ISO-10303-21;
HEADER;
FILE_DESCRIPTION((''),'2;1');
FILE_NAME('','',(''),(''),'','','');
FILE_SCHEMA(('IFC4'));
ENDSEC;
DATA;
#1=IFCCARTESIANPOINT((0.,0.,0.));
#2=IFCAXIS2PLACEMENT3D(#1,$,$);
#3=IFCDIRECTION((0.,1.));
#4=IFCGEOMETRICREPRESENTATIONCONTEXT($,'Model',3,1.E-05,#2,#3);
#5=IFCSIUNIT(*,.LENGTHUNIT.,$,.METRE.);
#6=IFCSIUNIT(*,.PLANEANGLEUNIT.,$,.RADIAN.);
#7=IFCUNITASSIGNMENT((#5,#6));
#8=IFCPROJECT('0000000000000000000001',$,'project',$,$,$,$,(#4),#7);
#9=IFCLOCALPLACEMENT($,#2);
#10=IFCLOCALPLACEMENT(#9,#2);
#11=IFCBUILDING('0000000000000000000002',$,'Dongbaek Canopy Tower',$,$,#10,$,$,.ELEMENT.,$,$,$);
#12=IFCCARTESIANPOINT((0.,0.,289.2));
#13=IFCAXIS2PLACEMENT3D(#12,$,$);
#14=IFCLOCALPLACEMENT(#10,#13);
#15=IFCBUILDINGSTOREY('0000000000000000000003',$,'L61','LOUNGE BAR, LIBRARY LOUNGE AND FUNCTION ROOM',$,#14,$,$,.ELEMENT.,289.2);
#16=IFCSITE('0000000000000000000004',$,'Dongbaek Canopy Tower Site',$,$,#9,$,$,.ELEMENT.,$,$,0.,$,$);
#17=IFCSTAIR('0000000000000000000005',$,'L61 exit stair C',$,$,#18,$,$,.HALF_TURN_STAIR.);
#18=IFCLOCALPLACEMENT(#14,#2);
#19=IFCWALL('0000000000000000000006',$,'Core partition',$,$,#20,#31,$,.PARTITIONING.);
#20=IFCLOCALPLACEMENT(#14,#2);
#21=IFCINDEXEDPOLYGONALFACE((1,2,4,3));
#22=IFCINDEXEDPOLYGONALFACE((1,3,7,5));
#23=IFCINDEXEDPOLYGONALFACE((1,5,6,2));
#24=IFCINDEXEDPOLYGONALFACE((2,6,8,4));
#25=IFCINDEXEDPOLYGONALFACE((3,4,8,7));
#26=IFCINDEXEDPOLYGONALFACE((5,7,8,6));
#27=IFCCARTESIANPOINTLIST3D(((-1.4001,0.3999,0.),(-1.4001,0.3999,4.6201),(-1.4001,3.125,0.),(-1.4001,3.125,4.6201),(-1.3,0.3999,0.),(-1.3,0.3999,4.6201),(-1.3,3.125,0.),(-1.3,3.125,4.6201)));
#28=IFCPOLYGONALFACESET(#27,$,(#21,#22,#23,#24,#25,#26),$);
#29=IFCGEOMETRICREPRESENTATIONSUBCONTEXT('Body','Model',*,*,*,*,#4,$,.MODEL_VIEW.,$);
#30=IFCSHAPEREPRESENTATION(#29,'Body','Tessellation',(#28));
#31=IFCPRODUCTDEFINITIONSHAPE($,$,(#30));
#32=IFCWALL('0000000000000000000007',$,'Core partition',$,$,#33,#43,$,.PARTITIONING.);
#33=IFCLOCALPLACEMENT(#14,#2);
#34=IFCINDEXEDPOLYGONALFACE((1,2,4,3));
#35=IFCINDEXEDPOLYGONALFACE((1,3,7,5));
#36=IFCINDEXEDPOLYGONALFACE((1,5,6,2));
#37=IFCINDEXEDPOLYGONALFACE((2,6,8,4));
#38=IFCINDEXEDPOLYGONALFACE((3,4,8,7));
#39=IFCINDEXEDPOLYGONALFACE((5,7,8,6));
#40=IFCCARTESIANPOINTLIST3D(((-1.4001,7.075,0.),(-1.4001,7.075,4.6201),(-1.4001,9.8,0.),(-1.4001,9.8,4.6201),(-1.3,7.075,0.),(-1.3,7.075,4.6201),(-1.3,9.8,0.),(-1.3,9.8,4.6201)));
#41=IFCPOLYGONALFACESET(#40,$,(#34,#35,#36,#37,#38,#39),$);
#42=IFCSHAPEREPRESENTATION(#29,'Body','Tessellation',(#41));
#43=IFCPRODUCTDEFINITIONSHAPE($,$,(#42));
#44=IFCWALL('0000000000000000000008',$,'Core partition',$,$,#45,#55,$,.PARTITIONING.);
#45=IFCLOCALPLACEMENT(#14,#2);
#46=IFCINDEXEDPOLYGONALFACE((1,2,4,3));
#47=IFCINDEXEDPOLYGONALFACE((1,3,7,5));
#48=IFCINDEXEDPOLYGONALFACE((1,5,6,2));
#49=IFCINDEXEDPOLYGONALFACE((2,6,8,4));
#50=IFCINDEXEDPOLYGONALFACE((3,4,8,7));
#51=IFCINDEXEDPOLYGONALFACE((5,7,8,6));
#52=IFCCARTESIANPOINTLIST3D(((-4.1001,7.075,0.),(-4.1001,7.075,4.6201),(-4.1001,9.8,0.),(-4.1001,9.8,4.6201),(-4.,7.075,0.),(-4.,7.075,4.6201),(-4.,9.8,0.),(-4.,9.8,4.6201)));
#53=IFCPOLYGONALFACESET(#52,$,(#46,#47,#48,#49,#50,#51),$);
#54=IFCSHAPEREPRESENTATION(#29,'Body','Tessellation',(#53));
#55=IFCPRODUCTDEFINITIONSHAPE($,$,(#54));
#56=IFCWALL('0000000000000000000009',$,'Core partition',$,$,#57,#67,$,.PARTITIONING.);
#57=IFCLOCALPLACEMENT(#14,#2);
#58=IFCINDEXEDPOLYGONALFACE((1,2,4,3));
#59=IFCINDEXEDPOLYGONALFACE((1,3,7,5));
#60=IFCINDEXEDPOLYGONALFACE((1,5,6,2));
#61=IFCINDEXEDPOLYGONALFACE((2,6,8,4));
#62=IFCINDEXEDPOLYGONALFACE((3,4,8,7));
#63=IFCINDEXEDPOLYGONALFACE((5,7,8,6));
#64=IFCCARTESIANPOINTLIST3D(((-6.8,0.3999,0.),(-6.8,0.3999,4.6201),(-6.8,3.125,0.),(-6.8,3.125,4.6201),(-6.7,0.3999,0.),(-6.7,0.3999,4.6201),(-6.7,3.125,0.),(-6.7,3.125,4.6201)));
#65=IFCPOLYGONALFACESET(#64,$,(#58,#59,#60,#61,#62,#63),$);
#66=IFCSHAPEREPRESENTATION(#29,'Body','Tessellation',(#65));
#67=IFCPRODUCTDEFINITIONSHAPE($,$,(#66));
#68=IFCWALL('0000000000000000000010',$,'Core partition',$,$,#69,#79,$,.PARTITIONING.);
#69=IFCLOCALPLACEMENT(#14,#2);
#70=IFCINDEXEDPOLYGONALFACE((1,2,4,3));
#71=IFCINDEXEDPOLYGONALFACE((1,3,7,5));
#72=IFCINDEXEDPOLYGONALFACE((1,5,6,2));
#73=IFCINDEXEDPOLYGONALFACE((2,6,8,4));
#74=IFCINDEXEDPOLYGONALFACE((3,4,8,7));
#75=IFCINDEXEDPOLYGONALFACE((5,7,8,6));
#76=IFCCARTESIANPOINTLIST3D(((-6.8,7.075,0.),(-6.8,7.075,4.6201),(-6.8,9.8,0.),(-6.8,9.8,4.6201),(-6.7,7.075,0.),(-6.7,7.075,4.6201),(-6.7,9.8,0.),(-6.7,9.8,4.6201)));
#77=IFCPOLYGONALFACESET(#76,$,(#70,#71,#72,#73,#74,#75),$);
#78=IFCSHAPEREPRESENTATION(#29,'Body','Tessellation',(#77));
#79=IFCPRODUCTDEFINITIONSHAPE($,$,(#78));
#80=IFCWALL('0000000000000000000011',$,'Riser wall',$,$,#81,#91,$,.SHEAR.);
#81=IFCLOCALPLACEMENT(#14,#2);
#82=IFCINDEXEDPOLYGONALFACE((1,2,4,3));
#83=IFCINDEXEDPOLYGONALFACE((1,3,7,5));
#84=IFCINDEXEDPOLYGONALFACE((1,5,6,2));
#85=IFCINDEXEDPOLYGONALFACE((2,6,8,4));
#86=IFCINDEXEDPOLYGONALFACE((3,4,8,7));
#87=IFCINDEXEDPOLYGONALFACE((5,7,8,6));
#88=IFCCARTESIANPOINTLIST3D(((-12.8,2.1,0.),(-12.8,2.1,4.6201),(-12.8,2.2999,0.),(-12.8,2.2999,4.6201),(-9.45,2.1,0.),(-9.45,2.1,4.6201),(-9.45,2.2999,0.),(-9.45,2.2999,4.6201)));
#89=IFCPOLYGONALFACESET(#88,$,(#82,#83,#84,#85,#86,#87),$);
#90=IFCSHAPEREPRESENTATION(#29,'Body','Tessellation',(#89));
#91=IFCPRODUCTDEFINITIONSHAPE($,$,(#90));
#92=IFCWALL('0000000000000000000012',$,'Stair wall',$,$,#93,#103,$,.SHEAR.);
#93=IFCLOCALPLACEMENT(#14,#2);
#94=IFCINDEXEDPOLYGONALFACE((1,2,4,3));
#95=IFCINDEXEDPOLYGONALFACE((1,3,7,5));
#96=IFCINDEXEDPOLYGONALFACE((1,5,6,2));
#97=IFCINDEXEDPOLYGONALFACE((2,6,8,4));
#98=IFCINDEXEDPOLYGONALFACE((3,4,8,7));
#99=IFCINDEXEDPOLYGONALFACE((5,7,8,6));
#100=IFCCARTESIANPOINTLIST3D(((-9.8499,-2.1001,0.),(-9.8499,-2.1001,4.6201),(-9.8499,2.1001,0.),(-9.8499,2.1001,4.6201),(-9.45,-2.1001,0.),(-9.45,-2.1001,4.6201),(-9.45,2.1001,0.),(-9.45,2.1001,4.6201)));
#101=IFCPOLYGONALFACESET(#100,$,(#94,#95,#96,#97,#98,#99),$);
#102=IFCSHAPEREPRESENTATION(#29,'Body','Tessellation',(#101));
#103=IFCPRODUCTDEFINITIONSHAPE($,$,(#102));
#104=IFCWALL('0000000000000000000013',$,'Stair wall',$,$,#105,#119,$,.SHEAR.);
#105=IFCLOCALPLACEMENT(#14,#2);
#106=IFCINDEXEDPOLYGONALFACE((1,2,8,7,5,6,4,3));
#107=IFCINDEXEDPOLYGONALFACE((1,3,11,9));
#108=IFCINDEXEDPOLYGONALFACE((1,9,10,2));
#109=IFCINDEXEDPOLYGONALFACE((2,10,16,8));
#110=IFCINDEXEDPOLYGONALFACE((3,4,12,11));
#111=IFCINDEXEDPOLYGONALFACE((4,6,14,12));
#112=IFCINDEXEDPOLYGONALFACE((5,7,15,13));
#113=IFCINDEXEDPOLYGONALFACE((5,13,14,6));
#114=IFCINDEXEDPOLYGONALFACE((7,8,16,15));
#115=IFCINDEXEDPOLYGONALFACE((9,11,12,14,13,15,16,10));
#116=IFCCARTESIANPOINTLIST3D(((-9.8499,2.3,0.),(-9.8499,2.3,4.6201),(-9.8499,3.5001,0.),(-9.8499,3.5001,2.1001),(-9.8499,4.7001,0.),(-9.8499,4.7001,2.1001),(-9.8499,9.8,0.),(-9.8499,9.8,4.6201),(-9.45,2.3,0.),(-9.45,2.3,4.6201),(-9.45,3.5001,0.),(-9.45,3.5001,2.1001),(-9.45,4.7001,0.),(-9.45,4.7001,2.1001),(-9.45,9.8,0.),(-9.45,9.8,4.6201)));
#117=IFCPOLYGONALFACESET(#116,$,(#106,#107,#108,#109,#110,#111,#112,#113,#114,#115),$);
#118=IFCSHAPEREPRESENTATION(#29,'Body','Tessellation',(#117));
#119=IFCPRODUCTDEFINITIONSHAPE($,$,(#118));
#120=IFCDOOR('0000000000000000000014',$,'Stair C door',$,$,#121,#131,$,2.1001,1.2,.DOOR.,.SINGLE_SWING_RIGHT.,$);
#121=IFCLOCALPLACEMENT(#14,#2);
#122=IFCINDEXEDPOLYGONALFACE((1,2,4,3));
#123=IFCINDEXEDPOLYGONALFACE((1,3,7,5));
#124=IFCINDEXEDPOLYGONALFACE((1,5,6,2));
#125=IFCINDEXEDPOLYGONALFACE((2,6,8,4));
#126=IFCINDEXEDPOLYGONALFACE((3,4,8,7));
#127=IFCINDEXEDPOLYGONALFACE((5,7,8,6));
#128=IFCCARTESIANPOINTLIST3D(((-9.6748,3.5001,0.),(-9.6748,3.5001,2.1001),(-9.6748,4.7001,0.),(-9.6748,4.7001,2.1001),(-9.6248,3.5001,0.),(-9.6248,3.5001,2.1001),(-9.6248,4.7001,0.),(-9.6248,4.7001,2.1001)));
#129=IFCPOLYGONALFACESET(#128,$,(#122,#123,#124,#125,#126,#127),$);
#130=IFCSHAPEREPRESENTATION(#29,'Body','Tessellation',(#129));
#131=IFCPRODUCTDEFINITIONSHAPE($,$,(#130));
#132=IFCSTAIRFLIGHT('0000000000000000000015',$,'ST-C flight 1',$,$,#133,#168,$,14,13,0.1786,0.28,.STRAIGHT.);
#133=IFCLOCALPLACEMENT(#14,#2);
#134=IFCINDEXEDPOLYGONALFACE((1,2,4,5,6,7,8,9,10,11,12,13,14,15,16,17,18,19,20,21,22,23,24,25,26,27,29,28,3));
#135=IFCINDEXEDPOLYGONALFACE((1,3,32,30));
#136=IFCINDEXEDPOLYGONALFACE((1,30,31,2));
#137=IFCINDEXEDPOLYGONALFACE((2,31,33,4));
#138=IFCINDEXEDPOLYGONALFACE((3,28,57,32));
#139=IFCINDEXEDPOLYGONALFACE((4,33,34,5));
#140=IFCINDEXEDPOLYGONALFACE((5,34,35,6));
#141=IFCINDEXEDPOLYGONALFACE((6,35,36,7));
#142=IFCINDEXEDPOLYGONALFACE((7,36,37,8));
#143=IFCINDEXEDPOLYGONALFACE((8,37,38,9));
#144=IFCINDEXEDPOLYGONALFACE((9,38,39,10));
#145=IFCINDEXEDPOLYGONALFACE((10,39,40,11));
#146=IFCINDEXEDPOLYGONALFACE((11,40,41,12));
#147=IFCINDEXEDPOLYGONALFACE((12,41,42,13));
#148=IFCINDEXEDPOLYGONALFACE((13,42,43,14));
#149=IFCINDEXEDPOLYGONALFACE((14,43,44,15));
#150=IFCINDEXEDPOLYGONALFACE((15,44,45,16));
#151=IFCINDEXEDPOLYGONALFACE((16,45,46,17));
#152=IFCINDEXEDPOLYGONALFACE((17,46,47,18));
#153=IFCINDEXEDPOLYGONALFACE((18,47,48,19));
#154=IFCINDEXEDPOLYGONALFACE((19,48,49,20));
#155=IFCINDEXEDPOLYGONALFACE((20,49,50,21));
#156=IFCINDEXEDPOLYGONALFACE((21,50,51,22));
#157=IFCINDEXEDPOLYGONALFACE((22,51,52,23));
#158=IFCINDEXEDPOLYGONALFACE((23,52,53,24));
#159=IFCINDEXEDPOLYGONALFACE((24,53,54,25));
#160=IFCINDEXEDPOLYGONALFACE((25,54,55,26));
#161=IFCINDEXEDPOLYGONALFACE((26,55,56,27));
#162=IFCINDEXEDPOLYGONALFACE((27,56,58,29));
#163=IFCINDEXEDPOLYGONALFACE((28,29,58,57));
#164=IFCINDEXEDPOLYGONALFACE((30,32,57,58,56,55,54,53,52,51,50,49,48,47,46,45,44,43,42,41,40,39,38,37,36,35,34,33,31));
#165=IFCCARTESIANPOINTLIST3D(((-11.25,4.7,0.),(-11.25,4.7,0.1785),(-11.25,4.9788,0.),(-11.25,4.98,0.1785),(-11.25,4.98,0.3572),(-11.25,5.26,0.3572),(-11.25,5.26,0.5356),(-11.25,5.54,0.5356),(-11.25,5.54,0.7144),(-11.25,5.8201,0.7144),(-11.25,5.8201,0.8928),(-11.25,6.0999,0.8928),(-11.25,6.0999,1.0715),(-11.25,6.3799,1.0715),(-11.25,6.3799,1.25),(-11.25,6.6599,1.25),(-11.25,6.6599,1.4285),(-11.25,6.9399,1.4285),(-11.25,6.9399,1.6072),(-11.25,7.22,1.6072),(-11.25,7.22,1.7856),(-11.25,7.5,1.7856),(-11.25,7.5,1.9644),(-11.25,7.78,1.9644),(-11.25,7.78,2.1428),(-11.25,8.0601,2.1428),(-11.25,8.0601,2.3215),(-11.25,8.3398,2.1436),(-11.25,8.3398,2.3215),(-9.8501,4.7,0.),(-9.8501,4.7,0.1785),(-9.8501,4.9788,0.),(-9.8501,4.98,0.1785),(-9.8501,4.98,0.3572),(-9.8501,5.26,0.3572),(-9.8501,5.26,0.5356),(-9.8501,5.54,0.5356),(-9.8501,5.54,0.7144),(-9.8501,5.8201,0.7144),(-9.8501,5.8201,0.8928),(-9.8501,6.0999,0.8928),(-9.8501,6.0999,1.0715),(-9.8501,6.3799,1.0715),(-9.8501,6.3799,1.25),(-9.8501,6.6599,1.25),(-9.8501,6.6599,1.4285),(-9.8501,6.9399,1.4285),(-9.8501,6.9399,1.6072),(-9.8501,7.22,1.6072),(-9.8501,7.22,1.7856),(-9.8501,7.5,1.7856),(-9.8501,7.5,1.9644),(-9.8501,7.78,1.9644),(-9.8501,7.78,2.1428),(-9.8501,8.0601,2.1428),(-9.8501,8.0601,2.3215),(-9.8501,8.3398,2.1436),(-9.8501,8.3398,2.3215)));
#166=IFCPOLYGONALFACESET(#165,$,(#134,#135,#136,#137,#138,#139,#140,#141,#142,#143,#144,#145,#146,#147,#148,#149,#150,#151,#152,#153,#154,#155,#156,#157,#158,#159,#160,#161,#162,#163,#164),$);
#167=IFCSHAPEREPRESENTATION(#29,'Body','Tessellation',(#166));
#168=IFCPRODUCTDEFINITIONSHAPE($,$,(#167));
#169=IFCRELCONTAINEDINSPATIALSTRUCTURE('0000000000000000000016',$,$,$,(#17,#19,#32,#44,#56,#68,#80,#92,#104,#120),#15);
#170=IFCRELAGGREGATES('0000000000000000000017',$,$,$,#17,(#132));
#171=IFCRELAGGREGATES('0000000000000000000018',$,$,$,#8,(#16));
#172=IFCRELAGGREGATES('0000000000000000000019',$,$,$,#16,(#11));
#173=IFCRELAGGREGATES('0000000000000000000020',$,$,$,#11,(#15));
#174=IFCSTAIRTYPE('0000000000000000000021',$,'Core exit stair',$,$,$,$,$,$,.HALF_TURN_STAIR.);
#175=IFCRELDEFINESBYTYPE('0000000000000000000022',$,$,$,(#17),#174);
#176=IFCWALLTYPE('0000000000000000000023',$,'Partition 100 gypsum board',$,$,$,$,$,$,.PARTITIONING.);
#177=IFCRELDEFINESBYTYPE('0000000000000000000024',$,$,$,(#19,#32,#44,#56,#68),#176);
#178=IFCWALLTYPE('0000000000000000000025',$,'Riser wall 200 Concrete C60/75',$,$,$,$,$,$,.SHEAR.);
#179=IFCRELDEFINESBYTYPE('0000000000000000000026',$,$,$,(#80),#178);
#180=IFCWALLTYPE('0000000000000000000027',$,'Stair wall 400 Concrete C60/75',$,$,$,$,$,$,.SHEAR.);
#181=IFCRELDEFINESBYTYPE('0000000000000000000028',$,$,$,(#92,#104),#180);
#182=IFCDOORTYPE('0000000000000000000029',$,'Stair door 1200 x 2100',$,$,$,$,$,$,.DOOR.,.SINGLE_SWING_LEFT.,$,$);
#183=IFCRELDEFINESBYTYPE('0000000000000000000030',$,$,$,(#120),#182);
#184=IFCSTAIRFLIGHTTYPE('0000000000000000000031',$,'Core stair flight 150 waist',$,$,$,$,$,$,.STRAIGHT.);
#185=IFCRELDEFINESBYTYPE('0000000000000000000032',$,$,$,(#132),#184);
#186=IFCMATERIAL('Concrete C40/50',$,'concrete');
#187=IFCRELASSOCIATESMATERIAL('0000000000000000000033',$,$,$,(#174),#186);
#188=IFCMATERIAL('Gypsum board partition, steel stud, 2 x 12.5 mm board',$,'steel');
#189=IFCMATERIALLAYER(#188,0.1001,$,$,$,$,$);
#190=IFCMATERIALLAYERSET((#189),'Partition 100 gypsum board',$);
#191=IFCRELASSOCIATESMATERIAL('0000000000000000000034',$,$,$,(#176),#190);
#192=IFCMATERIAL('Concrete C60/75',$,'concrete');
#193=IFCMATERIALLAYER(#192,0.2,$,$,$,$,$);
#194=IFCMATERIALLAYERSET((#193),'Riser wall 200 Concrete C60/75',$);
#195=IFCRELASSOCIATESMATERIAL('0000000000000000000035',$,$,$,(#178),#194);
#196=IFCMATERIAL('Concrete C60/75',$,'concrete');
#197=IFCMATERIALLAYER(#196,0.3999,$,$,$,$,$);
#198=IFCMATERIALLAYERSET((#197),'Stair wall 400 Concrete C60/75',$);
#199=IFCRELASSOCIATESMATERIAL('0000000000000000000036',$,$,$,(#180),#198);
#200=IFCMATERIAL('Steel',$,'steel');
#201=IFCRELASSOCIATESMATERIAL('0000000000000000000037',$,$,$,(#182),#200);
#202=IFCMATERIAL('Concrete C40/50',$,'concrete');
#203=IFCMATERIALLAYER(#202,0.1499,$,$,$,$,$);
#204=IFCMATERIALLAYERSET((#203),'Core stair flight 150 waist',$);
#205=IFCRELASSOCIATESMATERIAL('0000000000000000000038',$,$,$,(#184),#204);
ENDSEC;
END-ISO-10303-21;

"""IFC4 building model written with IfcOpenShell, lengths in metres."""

from ifc_helpers import new_model, si_unit, direction, frame, frame_2d, origin, place, context, subcontext, project, spatial, polyline, rectangle, outline, extrude, material, layer, layer_set, type_object, element, fill, aggregate, save


model = new_model("IFC4")

# Units and contexts
model_context = context("Model", 3, precision=1e-05, world=origin(), true_north=direction((0.0, 1.0)))
body_context = subcontext(model_context, "Body", "Model", "MODEL_VIEW")
ifc_project = project(units=[si_unit("LENGTHUNIT", "METRE"), si_unit("PLANEANGLEUNIT", "RADIAN")], contexts=[model_context])

# Site, building, storey
site_placement = place(None, origin())
site = spatial("IfcSite", under=ifc_project, at=site_placement, Name="Dongbaek Canopy Tower Site", CompositionType="ELEMENT", RefElevation=0.0)
building_placement = place(site_placement, origin())
building = spatial("IfcBuilding", under=site, at=building_placement, Name="Dongbaek Canopy Tower", CompositionType="ELEMENT")
storey_placement = place(building_placement, frame((0.0, 0.0, 289.2)))
storey = spatial("IfcBuildingStorey", under=building, at=storey_placement, Name="L61", Description="LOUNGE BAR, LIBRARY LOUNGE AND FUNCTION ROOM", CompositionType="ELEMENT", Elevation=289.2)

# Stair
ifc_material_1 = material(Name="Concrete C40/50", Category="concrete")
stair_type = type_object("IfcStairType", Name="Core exit stair", PredefinedType="HALF_TURN_STAIR", material=ifc_material_1)
stair_1_placement = place(storey_placement, origin())
stair_1 = element("IfcStair", 1, at=stair_1_placement, inside=storey, type_object=stair_type, Name="L61 exit stair C", PredefinedType="HALF_TURN_STAIR")

# Walls
ifc_material_2 = material(Name="Gypsum board partition, steel stud, 2 x 12.5 mm board", Category="steel")
ifc_layer_1 = layer(ifc_material_2, 0.1001)
ifc_layer_set_1 = layer_set([ifc_layer_1], Name="Partition 100 gypsum board")
wall_type_1 = type_object("IfcWallType", Name="Partition 100 gypsum board", PredefinedType="PARTITIONING", material=ifc_layer_set_1)
for number, where, z_axis, x_axis, name in (
    (2, (-1.3501, 0.3999, 0.0), (0.0, 0.0, 1.0), (0.0, 1.0, 0.0), "Core partition"),
    (3, (-1.3501, 7.075, 0.0), (0.0, 0.0, 1.0), (0.0, 1.0, 0.0), "Core partition"),
    (4, (-4.05, 7.075, 0.0), (0.0, 0.0, 1.0), (0.0, 1.0, 0.0), "Core partition"),
    (5, (-6.75, 0.3999, 0.0), (0.0, 0.0, 1.0), (0.0, 1.0, 0.0), "Core partition"),
    (6, (-6.75, 7.075, 0.0), (0.0, 0.0, 1.0), (0.0, 1.0, 0.0), "Core partition"),
):
    element("IfcWall", number, at=place(storey_placement, frame(where, z_axis=z_axis, x_axis=x_axis)), inside=storey, type_object=wall_type_1, Name=name, PredefinedType="PARTITIONING", context=body_context, shape_type="SweptSolid", body=[
        extrude(rectangle(XDim=2.7251, YDim=0.1001, at=frame_2d((1.3625, 0.0))), origin(), (0.0, 0.0, 1.0), 4.6201),
    ])
ifc_material_3 = material(Name="Concrete C60/75", Category="concrete")
ifc_layer_2 = layer(ifc_material_3, 0.2)
ifc_layer_set_2 = layer_set([ifc_layer_2], Name="Riser wall 200 Concrete C60/75")
wall_type_2 = type_object("IfcWallType", Name="Riser wall 200 Concrete C60/75", PredefinedType="SHEAR", material=ifc_layer_set_2)
wall_1_placement = place(storey_placement, frame((-9.45, 2.2, 0.0), z_axis=(0.0, 0.0, 1.0), x_axis=(-1.0, 0.0, 0.0)))
element("IfcWall", 7, at=wall_1_placement, inside=storey, type_object=wall_type_2, Name="Riser wall", PredefinedType="SHEAR", context=body_context, shape_type="SweptSolid", body=[
    extrude(rectangle(XDim=3.3501, YDim=0.2, at=frame_2d((1.675, 0.0))), origin(), (0.0, 0.0, 1.0), 4.6201),
])
ifc_material_4 = material(Name="Concrete C60/75", Category="concrete")
ifc_layer_3 = layer(ifc_material_4, 0.3999)
ifc_layer_set_3 = layer_set([ifc_layer_3], Name="Stair wall 400 Concrete C60/75")
wall_type_3 = type_object("IfcWallType", Name="Stair wall 400 Concrete C60/75", PredefinedType="SHEAR", material=ifc_layer_set_3)
wall_2_placement = place(storey_placement, frame((-9.6499, -2.1001, 0.0), z_axis=(0.0, 0.0, 1.0), x_axis=(0.0, 1.0, 0.0)))
element("IfcWall", 8, at=wall_2_placement, inside=storey, type_object=wall_type_3, Name="Stair wall", PredefinedType="SHEAR", context=body_context, shape_type="SweptSolid", body=[
    extrude(rectangle(XDim=4.2002, YDim=0.3999, at=frame_2d((2.1001, 0.0))), origin(), (0.0, 0.0, 1.0), 4.6201),
])

# Wall, opening, door
wall_3_placement = place(storey_placement, frame((-9.6499, 2.3, 0.0), z_axis=(0.0, 0.0, 1.0), x_axis=(0.0, 1.0, 0.0)))
wall_3 = element("IfcWall", 9, at=wall_3_placement, inside=storey, type_object=wall_type_3, Name="Stair wall", PredefinedType="SHEAR", context=body_context, shape_type="SweptSolid", body=[
    extrude(rectangle(XDim=7.5, YDim=0.3999, at=frame_2d((3.75, 0.0))), origin(), (0.0, 0.0, 1.0), 4.6201),
])
opening_1_placement = place(wall_3_placement, frame((1.2, 0.0, 0.0)))
opening_1 = element("IfcOpeningElement", 10, at=opening_1_placement, cuts=wall_3, PredefinedType="OPENING", context=body_context, shape_type="SweptSolid", body=[
    extrude(rectangle(XDim=1.2, YDim=2.1001, at=frame_2d((0.6001, 1.05))), frame((0.0, 0.21, 0.0), z_axis=(0.0, -1.0, 0.0), x_axis=(1.0, 0.0, 0.0)), (0.0, 0.0, 1.0), 0.4199),
])
ifc_material_5 = material(Name="Steel", Category="steel")
door_type_1 = type_object("IfcDoorType", Name="Stair door 1200 x 2100", OperationType="SINGLE_SWING_LEFT", PredefinedType="DOOR", material=ifc_material_5)
door_1_placement = place(opening_1_placement, origin())
door_1 = element("IfcDoor", 11, at=door_1_placement, inside=storey, type_object=door_type_1, Name="Stair C door", OperationType="SINGLE_SWING_RIGHT", OverallHeight=2.1001, OverallWidth=1.2, PredefinedType="DOOR", context=body_context, shape_type="SweptSolid", body=[
    extrude(rectangle(XDim=1.2, YDim=2.1001, at=frame_2d((0.6001, 1.05))), frame((0.0, 0.0249, 0.0), z_axis=(0.0, -1.0, 0.0), x_axis=(1.0, 0.0, 0.0)), (0.0, 0.0, 1.0), 0.05),
])
fill(opening_1, door_1)

# Stair flight
ifc_material_6 = material(Name="Concrete C40/50", Category="concrete")
ifc_layer_4 = layer(ifc_material_6, 0.1499)
ifc_layer_set_4 = layer_set([ifc_layer_4], Name="Core stair flight 150 waist")
stair_flight_type = type_object("IfcStairFlightType", Name="Core stair flight 150 waist", PredefinedType="STRAIGHT", material=ifc_layer_set_4)
stair_flight_placement = place(storey_placement, frame((-10.55, 4.7, 0.0), z_axis=(0.0, 0.0, 1.0), x_axis=(0.0, 1.0, 0.0)))
stair_flight = element("IfcStairFlight", 12, at=stair_flight_placement, type_object=stair_flight_type, Name="ST-C flight 1", NumberOfRisers=14, NumberOfTreads=13, PredefinedType="STRAIGHT", RiserHeight=0.1786, TreadLength=0.28, context=body_context, shape_type="SweptSolid", body=[
    extrude(outline(polyline([(0.0, 0.0), (0.0, 0.1785), (0.28, 0.1785), (0.28, 0.3572), (0.5601, 0.3572), (0.5601, 0.5356), (0.8401, 0.5356), (0.8401, 0.7144), (1.1201, 0.7144), (1.1201, 0.8928), (1.3999, 0.8928), (1.3999, 1.0715), (1.6799, 1.0715), (1.6799, 1.25), (1.96, 1.25), (1.96, 1.4285), (2.24, 1.4285), (2.24, 1.6072), (2.52, 1.6072), (2.52, 1.7856), (2.8, 1.7856), (2.8, 1.9644), (3.0801, 1.9644), (3.0801, 2.1428), (3.3601, 2.1428), (3.3601, 2.3215), (3.6399, 2.3215), (3.6399, 2.5), (3.6399, 2.1436), (0.2788, 0.0), (0.0, 0.0)])), frame((0.0, 0.7, 0.0), z_axis=(0.0, -1.0, 0.0), x_axis=(1.0, 0.0, 0.0)), (0.0, 0.0, 1.0), 1.3999),
])
aggregate(stair_1, [stair_flight])

save(model, "model.ifc")
